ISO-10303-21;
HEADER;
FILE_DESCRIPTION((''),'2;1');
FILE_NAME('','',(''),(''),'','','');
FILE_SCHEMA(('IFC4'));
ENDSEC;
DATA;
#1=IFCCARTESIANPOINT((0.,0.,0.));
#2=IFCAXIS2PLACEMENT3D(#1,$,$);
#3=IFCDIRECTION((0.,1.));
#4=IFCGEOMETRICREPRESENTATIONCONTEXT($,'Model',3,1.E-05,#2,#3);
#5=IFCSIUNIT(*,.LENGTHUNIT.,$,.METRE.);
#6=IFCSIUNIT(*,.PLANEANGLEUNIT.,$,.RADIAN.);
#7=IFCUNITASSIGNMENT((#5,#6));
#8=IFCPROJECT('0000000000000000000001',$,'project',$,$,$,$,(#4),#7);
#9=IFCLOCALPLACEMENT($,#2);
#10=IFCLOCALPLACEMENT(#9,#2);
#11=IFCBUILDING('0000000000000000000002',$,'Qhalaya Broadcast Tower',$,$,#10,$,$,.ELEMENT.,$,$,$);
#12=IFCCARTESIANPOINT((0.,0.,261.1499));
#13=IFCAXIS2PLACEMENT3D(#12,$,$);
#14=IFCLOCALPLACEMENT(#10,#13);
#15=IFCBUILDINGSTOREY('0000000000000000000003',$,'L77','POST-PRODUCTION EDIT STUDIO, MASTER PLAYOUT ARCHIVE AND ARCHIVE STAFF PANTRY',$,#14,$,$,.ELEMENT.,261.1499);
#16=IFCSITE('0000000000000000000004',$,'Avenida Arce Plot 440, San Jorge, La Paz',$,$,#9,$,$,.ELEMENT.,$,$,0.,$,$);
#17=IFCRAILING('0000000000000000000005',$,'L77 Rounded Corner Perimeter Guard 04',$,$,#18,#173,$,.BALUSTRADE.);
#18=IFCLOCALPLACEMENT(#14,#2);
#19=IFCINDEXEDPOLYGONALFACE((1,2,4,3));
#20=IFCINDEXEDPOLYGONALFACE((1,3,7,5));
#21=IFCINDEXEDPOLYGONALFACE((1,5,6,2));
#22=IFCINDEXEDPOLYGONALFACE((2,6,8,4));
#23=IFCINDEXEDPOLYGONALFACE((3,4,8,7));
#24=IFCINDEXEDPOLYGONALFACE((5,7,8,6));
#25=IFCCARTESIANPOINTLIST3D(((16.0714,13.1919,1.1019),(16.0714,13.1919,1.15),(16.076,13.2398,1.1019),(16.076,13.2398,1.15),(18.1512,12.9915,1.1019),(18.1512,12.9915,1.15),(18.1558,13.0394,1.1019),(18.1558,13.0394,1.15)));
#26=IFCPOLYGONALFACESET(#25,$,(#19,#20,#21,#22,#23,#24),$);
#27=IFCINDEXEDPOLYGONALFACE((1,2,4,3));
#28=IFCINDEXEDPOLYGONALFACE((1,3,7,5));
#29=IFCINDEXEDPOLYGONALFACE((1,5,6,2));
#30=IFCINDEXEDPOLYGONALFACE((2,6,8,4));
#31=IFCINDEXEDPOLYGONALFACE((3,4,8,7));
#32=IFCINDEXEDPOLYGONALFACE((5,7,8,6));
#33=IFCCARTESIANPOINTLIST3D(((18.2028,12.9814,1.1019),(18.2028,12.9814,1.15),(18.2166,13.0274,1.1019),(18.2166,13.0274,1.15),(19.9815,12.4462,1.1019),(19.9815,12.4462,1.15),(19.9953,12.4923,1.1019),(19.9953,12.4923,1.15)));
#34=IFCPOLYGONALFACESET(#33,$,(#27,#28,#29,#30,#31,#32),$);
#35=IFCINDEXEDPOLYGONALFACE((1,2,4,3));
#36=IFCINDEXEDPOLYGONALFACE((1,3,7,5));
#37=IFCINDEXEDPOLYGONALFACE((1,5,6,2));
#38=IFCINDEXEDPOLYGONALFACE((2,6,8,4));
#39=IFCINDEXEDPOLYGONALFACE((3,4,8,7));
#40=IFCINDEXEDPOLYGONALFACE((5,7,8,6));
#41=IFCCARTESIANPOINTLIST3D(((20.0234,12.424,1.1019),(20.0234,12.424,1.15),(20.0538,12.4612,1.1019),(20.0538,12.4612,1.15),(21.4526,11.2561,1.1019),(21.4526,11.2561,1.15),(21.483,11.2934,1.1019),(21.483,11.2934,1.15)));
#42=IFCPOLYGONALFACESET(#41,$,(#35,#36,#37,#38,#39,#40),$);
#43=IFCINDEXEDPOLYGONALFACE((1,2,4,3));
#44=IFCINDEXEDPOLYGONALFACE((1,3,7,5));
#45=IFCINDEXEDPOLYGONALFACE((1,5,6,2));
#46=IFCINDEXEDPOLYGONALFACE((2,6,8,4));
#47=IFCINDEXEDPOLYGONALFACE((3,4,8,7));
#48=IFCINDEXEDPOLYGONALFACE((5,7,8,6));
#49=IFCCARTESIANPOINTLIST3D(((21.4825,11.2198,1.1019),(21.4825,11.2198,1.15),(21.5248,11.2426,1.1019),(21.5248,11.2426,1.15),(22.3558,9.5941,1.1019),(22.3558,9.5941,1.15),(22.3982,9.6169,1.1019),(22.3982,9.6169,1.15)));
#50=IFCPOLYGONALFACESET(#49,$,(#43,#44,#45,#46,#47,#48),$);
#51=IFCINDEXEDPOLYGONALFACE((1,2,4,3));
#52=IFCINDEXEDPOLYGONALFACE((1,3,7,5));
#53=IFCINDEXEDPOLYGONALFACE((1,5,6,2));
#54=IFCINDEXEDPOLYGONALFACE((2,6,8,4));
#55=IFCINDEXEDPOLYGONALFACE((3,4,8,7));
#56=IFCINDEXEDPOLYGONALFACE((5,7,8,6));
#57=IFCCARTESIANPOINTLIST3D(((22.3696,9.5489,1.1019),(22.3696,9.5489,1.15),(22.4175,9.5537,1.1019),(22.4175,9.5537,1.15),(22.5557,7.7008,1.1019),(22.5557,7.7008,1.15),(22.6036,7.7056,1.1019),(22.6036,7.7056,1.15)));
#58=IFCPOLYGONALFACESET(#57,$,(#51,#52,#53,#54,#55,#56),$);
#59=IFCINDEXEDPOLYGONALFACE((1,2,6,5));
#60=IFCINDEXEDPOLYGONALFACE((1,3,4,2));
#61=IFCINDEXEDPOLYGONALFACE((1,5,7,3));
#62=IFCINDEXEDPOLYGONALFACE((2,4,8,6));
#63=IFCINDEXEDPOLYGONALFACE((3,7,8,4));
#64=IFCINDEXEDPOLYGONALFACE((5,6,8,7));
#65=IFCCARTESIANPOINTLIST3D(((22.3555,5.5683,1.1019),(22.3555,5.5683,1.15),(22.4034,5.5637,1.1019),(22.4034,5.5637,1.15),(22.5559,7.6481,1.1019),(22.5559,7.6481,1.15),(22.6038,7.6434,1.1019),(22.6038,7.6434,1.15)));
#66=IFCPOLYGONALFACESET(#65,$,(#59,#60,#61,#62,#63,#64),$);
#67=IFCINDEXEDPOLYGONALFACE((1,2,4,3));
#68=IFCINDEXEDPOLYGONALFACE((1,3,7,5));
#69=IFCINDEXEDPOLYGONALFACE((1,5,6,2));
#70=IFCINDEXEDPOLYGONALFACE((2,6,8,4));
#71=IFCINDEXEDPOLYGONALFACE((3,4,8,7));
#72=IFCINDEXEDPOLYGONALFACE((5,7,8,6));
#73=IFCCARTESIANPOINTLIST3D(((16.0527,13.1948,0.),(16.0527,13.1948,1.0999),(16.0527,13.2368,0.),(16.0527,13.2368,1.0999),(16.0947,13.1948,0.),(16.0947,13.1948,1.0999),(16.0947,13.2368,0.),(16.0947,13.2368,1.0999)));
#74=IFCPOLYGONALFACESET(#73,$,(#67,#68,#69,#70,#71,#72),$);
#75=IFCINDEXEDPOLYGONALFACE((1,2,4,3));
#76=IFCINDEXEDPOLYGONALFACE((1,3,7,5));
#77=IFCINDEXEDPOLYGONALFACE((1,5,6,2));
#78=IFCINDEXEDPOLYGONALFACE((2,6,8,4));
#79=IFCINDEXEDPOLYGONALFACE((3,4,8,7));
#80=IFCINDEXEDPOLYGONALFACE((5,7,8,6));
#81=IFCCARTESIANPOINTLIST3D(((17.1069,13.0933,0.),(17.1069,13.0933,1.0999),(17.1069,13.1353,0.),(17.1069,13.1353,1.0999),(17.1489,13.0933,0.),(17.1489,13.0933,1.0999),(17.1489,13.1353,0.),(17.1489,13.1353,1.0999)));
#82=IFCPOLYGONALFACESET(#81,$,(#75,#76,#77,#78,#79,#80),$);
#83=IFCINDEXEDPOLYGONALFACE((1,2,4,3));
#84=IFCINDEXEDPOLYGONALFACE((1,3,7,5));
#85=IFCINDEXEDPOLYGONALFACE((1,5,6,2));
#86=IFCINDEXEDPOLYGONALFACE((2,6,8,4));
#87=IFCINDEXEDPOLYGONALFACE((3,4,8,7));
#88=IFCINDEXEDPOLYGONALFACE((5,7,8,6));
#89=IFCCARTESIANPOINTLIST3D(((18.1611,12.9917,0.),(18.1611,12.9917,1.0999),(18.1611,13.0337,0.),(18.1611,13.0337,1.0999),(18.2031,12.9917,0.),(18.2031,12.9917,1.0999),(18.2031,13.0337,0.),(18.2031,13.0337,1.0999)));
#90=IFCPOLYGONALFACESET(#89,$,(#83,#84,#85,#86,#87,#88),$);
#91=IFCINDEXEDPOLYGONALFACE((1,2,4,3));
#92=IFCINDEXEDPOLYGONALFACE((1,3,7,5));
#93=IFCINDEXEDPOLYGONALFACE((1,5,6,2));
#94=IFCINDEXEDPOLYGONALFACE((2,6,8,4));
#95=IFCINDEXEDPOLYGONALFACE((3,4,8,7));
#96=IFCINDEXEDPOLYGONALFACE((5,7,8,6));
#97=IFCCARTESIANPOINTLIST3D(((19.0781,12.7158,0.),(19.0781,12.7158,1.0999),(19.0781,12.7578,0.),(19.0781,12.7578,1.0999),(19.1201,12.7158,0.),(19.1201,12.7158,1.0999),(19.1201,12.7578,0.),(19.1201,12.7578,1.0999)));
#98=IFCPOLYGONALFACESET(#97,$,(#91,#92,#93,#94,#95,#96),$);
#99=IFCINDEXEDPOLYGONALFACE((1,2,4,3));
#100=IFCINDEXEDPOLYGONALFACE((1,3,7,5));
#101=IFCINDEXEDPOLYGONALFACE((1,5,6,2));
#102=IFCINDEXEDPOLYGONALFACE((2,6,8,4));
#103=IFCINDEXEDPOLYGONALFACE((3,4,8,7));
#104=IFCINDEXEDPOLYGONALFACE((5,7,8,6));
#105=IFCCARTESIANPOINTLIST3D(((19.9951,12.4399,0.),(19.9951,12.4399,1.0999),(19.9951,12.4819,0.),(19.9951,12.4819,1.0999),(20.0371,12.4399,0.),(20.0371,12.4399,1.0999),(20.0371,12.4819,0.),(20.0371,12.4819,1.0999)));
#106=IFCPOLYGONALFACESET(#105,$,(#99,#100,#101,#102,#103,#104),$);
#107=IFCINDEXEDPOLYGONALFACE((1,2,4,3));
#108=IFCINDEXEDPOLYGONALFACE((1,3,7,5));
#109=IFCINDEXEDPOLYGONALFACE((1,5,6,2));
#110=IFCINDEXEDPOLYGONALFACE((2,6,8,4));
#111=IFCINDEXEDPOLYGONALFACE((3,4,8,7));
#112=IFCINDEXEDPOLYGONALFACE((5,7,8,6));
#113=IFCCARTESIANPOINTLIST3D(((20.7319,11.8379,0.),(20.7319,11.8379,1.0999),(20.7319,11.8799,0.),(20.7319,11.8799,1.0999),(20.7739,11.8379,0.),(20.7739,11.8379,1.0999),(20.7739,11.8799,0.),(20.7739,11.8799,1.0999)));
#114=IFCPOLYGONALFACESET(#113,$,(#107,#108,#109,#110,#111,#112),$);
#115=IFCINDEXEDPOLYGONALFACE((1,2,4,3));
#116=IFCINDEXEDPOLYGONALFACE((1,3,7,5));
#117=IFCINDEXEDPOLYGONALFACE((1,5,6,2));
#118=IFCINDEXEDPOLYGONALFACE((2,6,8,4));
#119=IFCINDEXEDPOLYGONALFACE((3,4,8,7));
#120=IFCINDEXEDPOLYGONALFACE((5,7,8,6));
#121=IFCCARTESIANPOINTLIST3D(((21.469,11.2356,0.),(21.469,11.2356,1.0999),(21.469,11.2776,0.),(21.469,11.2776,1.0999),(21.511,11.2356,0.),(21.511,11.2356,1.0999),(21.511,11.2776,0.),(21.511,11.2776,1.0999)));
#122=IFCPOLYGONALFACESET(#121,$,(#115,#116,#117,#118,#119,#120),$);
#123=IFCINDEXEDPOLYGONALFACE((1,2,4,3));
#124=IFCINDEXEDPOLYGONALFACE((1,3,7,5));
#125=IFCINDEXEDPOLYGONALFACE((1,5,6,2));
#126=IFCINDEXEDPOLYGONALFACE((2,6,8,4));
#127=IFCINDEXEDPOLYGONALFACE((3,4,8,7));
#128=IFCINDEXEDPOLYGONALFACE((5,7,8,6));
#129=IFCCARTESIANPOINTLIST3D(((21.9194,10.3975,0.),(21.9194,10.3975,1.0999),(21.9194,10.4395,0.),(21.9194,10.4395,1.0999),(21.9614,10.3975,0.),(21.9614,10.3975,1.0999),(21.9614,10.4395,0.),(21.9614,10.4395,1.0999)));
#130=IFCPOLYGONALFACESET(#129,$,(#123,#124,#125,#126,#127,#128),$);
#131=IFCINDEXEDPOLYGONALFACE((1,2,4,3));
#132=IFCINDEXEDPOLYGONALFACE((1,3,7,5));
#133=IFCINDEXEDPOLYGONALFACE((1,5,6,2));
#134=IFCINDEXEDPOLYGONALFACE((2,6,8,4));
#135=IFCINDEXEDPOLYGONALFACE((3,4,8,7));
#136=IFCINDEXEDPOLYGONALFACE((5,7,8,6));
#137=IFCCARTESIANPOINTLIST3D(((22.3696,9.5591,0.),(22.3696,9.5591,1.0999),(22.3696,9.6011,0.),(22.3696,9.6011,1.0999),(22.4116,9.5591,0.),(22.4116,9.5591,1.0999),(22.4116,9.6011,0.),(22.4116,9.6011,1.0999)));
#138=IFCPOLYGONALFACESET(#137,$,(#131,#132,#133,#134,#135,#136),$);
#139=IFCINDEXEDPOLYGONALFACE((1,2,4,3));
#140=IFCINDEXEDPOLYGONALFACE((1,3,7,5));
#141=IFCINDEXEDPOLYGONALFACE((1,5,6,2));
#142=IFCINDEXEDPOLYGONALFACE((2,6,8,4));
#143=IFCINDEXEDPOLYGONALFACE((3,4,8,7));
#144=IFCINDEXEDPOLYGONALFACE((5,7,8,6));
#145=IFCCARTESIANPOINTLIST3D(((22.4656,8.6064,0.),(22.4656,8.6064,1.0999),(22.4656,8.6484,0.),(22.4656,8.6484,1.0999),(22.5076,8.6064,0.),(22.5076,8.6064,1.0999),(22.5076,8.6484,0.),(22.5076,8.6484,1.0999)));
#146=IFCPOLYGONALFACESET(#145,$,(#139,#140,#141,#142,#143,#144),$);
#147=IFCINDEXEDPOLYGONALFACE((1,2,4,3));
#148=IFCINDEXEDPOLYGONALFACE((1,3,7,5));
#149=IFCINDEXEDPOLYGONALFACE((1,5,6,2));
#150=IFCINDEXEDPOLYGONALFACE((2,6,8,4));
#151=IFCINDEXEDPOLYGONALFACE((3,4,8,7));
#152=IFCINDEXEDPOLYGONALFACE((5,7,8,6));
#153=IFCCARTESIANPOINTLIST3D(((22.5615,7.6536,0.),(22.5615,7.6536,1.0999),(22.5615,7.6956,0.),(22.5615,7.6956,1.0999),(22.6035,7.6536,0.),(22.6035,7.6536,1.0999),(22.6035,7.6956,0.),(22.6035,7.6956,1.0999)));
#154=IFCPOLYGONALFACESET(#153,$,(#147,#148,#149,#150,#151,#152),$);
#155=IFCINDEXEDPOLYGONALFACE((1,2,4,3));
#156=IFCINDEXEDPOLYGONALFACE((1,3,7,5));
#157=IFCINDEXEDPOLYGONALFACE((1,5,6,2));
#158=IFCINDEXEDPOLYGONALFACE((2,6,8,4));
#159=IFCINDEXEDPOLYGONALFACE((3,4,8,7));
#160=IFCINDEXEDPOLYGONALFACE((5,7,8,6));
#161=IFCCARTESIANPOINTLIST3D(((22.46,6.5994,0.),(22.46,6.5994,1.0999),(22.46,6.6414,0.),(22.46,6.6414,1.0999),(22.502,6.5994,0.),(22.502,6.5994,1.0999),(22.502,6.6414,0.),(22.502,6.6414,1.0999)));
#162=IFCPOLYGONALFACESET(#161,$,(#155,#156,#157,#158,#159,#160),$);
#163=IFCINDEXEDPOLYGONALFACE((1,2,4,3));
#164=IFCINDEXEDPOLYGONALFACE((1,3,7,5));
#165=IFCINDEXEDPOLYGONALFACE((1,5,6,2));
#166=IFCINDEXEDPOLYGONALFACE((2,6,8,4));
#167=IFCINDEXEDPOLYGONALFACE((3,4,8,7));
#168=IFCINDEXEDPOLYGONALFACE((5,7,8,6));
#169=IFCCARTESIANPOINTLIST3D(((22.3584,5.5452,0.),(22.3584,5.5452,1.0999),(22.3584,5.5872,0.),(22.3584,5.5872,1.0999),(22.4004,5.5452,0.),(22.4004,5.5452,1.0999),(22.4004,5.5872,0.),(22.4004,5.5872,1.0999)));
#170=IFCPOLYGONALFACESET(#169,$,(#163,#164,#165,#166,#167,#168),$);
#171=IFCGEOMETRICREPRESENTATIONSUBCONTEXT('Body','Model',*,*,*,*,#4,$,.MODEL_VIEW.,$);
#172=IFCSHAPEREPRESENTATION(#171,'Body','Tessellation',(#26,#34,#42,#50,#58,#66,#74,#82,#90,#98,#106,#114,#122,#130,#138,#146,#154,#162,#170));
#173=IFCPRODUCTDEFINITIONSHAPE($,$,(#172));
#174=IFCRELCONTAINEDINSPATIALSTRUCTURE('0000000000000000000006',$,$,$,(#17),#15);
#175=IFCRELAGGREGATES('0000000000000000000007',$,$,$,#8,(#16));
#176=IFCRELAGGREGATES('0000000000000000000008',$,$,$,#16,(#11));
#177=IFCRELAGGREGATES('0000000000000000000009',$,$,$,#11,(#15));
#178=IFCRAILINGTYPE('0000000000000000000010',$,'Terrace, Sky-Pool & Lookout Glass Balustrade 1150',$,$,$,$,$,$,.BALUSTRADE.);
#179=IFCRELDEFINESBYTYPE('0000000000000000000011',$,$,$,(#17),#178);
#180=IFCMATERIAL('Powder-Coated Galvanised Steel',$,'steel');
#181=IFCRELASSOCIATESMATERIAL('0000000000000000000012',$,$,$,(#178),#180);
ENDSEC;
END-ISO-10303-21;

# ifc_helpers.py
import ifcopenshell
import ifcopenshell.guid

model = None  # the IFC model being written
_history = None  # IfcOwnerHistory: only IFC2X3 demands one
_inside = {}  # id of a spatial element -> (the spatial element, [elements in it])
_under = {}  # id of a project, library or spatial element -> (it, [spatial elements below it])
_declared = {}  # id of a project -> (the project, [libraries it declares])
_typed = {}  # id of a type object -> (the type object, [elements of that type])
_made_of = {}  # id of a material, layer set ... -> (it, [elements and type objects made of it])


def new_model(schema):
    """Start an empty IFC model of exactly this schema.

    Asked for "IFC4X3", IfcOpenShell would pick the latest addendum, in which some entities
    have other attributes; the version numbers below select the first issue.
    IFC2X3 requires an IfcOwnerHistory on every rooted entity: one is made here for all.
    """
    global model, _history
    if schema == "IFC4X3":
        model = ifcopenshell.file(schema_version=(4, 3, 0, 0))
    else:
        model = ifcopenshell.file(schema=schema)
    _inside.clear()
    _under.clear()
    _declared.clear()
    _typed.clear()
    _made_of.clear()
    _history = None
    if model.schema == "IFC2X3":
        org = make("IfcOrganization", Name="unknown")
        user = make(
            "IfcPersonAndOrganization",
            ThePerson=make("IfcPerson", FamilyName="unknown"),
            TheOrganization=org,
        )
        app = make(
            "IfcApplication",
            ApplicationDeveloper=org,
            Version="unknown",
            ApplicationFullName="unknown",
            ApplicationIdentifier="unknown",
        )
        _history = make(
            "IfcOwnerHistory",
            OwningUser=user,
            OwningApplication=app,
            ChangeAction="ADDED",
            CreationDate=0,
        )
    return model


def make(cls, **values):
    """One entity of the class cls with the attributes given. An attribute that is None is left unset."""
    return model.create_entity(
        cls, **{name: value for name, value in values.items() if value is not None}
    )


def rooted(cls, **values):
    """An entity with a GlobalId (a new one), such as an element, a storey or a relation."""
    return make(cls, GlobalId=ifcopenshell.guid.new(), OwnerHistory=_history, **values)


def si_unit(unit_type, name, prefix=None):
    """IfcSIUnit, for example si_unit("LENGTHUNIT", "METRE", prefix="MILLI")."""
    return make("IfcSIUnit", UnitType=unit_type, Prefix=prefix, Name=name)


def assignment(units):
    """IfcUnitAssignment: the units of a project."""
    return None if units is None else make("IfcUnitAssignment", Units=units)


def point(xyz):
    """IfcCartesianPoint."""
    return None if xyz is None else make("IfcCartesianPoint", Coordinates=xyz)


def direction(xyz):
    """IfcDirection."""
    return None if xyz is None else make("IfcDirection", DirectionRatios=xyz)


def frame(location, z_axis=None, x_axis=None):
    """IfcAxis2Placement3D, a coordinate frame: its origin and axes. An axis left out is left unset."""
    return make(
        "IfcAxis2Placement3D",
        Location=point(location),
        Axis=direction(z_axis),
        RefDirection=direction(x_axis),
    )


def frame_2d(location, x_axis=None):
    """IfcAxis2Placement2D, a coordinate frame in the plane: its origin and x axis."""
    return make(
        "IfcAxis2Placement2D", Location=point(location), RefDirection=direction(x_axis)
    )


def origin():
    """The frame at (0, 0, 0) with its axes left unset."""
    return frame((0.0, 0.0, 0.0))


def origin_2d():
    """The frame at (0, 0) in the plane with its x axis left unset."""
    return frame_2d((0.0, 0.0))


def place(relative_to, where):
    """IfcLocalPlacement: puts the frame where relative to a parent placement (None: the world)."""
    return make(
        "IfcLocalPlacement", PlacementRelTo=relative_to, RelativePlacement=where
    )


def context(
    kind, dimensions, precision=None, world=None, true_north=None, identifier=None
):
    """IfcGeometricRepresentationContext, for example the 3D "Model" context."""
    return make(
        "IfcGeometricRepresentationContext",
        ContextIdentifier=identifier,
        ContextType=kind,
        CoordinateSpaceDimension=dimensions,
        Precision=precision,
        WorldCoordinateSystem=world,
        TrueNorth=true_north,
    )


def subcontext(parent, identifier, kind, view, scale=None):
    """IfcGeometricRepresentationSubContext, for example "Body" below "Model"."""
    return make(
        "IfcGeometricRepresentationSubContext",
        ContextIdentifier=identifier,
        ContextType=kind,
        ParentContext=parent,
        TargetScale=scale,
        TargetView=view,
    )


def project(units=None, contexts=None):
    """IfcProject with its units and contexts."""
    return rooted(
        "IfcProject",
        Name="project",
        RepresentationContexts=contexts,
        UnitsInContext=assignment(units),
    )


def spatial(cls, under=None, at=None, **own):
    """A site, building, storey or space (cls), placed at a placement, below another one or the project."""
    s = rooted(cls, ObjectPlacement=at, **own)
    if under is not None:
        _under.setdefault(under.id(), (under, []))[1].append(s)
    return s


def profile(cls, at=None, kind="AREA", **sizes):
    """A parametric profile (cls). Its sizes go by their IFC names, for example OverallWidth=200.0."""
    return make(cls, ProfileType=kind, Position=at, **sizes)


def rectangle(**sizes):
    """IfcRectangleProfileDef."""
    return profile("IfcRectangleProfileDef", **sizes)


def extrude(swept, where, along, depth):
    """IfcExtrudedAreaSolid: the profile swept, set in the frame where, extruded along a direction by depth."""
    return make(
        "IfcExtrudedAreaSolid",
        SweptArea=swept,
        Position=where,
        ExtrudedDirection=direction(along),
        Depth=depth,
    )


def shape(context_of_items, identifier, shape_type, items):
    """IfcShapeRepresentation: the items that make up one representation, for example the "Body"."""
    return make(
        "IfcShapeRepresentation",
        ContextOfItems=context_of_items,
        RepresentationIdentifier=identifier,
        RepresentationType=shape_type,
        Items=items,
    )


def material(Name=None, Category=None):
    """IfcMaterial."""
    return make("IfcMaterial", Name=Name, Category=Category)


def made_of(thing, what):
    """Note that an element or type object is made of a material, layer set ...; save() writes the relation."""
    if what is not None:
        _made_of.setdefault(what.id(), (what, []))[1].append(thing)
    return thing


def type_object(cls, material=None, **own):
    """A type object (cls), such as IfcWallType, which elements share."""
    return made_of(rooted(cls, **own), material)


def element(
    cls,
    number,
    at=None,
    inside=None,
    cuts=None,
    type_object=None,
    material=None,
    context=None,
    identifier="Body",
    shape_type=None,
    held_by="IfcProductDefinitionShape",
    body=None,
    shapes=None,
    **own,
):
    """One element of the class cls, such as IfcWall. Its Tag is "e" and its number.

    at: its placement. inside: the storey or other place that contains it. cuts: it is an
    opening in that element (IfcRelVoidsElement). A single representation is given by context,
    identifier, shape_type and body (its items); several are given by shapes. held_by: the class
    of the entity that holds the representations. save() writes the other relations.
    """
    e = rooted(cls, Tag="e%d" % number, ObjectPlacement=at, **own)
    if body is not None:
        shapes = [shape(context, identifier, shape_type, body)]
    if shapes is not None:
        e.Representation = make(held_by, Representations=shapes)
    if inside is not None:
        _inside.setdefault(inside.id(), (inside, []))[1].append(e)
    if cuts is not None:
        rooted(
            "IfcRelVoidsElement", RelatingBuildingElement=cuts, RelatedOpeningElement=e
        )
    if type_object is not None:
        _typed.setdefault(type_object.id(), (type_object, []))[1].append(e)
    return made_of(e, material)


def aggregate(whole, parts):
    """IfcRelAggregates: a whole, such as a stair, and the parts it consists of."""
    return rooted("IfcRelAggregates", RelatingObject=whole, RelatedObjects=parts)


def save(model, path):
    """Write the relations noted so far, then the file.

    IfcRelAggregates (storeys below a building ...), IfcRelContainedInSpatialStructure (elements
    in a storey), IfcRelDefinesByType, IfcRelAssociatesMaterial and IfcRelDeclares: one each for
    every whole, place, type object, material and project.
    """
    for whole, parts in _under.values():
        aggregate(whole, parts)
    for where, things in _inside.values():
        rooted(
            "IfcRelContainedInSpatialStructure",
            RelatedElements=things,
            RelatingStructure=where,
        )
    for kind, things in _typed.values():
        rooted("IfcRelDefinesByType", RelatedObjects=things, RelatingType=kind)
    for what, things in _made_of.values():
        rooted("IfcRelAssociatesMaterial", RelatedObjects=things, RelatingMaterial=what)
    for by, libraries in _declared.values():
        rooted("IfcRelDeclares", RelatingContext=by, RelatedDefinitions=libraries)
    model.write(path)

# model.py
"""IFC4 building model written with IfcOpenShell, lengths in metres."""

from ifc_helpers import new_model, si_unit, direction, frame, origin, origin_2d, place, context, subcontext, project, spatial, rectangle, extrude, material, type_object, element, save


model = new_model("IFC4")

# Units and contexts
model_context = context("Model", 3, precision=1e-05, world=origin(), true_north=direction((0.0, 1.0)))
body_context = subcontext(model_context, "Body", "Model", "MODEL_VIEW")
ifc_project = project(units=[si_unit("LENGTHUNIT", "METRE"), si_unit("PLANEANGLEUNIT", "RADIAN")], contexts=[model_context])

# Site, building, storey
site_placement = place(None, origin())
site = spatial("IfcSite", under=ifc_project, at=site_placement, Name="Avenida Arce Plot 440, San Jorge, La Paz", CompositionType="ELEMENT", RefElevation=0.0)
building_placement = place(site_placement, origin())
building = spatial("IfcBuilding", under=site, at=building_placement, Name="Qhalaya Broadcast Tower", CompositionType="ELEMENT")
storey_placement = place(building_placement, frame((0.0, 0.0, 261.1499)))
storey = spatial("IfcBuildingStorey", under=building, at=storey_placement, Name="L77", Description="POST-PRODUCTION EDIT STUDIO, MASTER PLAYOUT ARCHIVE AND ARCHIVE STAFF PANTRY", CompositionType="ELEMENT", Elevation=261.1499)

# Railing
ifc_material_1 = material(Name="Powder-Coated Galvanised Steel", Category="steel")
railing_type = type_object("IfcRailingType", Name="Terrace, Sky-Pool & Lookout Glass Balustrade 1150", PredefinedType="BALUSTRADE", material=ifc_material_1)
railing_placement = place(storey_placement, frame((16.0737, 13.2158, 0.0)))
element("IfcRailing", 1, at=railing_placement, inside=storey, type_object=railing_type, Name="L77 Rounded Corner Perimeter Guard 04", PredefinedType="BALUSTRADE", context=body_context, shape_type="SweptSolid", body=[
    extrude(rectangle(XDim=0.0481, YDim=0.0481, at=origin_2d()), frame((0.0, 0.0, 1.126), z_axis=(0.995391, -0.095897, 0.0), x_axis=(0.095897, 0.995391, 0.0)), (0.0, 0.0, 1.0), 2.0894),
    extrude(rectangle(XDim=0.0481, YDim=0.0481, at=origin_2d()), frame((2.136, -0.2114, 1.126), z_axis=(0.957601, -0.288096, 0.0), x_axis=(0.288096, 0.957601, 0.0)), (0.0, 0.0, 1.0), 1.8574),
    extrude(rectangle(XDim=0.0481, YDim=0.0481, at=origin_2d()), frame((3.9648, -0.7732, 1.126), z_axis=(0.774357, -0.632749, 0.0), x_axis=(0.632749, 0.774357, 0.0)), (0.0, 0.0, 1.0), 1.8457),
    extrude(rectangle(XDim=0.0481, YDim=0.0481, at=origin_2d()), frame((5.4299, -1.9846, 1.126), z_axis=(0.473243, -0.880932, 0.0), x_axis=(0.880932, 0.473243, 0.0)), (0.0, 0.0, 1.0), 1.8455),
    extrude(rectangle(XDim=0.0481, YDim=0.0481, at=origin_2d()), frame((6.3198, -3.6646, 1.126), z_axis=(0.100198, -0.994968, 0.0), x_axis=(0.994968, 0.100198, 0.0)), (0.0, 0.0, 1.0), 1.8574),
    extrude(rectangle(XDim=0.0481, YDim=0.0481, at=origin_2d()), frame((6.5061, -5.5701, 1.126), z_axis=(-0.095897, -0.995391, 0.0), x_axis=(0.995391, -0.095897, 0.0)), (0.0, 0.0, 1.0), 2.0894),
    extrude(rectangle(XDim=0.042, YDim=0.042, at=origin_2d()), origin(), (0.0, 0.0, 1.0), 1.0999),
    extrude(rectangle(XDim=0.042, YDim=0.042, at=origin_2d()), frame((1.0542, -0.1016, 0.0)), (0.0, 0.0, 1.0), 1.0999),
    extrude(rectangle(XDim=0.042, YDim=0.042, at=origin_2d()), frame((2.1084, -0.2031, 0.0)), (0.0, 0.0, 1.0), 1.0999),
    extrude(rectangle(XDim=0.042, YDim=0.042, at=origin_2d()), frame((3.0254, -0.479, 0.0)), (0.0, 0.0, 1.0), 1.0999),
    extrude(rectangle(XDim=0.042, YDim=0.042, at=origin_2d()), frame((3.9424, -0.7549, 0.0)), (0.0, 0.0, 1.0), 1.0999),
    extrude(rectangle(XDim=0.042, YDim=0.042, at=origin_2d()), frame((4.6792, -1.3569, 0.0)), (0.0, 0.0, 1.0), 1.0999),
    extrude(rectangle(XDim=0.042, YDim=0.042, at=origin_2d()), frame((5.4163, -1.9592, 0.0)), (0.0, 0.0, 1.0), 1.0999),
    extrude(rectangle(XDim=0.042, YDim=0.042, at=origin_2d()), frame((5.8667, -2.7974, 0.0)), (0.0, 0.0, 1.0), 1.0999),
    extrude(rectangle(XDim=0.042, YDim=0.042, at=origin_2d()), frame((6.3169, -3.6357, 0.0)), (0.0, 0.0, 1.0), 1.0999),
    extrude(rectangle(XDim=0.042, YDim=0.042, at=origin_2d()), frame((6.4128, -4.5884, 0.0)), (0.0, 0.0, 1.0), 1.0999),
    extrude(rectangle(XDim=0.042, YDim=0.042, at=origin_2d()), frame((6.5088, -5.5413, 0.0)), (0.0, 0.0, 1.0), 1.0999),
    extrude(rectangle(XDim=0.042, YDim=0.042, at=origin_2d()), frame((6.4072, -6.5955, 0.0)), (0.0, 0.0, 1.0), 1.0999),
    extrude(rectangle(XDim=0.042, YDim=0.042, at=origin_2d()), frame((6.3057, -7.6497, 0.0)), (0.0, 0.0, 1.0), 1.0999),
])

save(model, "model.ifc")
